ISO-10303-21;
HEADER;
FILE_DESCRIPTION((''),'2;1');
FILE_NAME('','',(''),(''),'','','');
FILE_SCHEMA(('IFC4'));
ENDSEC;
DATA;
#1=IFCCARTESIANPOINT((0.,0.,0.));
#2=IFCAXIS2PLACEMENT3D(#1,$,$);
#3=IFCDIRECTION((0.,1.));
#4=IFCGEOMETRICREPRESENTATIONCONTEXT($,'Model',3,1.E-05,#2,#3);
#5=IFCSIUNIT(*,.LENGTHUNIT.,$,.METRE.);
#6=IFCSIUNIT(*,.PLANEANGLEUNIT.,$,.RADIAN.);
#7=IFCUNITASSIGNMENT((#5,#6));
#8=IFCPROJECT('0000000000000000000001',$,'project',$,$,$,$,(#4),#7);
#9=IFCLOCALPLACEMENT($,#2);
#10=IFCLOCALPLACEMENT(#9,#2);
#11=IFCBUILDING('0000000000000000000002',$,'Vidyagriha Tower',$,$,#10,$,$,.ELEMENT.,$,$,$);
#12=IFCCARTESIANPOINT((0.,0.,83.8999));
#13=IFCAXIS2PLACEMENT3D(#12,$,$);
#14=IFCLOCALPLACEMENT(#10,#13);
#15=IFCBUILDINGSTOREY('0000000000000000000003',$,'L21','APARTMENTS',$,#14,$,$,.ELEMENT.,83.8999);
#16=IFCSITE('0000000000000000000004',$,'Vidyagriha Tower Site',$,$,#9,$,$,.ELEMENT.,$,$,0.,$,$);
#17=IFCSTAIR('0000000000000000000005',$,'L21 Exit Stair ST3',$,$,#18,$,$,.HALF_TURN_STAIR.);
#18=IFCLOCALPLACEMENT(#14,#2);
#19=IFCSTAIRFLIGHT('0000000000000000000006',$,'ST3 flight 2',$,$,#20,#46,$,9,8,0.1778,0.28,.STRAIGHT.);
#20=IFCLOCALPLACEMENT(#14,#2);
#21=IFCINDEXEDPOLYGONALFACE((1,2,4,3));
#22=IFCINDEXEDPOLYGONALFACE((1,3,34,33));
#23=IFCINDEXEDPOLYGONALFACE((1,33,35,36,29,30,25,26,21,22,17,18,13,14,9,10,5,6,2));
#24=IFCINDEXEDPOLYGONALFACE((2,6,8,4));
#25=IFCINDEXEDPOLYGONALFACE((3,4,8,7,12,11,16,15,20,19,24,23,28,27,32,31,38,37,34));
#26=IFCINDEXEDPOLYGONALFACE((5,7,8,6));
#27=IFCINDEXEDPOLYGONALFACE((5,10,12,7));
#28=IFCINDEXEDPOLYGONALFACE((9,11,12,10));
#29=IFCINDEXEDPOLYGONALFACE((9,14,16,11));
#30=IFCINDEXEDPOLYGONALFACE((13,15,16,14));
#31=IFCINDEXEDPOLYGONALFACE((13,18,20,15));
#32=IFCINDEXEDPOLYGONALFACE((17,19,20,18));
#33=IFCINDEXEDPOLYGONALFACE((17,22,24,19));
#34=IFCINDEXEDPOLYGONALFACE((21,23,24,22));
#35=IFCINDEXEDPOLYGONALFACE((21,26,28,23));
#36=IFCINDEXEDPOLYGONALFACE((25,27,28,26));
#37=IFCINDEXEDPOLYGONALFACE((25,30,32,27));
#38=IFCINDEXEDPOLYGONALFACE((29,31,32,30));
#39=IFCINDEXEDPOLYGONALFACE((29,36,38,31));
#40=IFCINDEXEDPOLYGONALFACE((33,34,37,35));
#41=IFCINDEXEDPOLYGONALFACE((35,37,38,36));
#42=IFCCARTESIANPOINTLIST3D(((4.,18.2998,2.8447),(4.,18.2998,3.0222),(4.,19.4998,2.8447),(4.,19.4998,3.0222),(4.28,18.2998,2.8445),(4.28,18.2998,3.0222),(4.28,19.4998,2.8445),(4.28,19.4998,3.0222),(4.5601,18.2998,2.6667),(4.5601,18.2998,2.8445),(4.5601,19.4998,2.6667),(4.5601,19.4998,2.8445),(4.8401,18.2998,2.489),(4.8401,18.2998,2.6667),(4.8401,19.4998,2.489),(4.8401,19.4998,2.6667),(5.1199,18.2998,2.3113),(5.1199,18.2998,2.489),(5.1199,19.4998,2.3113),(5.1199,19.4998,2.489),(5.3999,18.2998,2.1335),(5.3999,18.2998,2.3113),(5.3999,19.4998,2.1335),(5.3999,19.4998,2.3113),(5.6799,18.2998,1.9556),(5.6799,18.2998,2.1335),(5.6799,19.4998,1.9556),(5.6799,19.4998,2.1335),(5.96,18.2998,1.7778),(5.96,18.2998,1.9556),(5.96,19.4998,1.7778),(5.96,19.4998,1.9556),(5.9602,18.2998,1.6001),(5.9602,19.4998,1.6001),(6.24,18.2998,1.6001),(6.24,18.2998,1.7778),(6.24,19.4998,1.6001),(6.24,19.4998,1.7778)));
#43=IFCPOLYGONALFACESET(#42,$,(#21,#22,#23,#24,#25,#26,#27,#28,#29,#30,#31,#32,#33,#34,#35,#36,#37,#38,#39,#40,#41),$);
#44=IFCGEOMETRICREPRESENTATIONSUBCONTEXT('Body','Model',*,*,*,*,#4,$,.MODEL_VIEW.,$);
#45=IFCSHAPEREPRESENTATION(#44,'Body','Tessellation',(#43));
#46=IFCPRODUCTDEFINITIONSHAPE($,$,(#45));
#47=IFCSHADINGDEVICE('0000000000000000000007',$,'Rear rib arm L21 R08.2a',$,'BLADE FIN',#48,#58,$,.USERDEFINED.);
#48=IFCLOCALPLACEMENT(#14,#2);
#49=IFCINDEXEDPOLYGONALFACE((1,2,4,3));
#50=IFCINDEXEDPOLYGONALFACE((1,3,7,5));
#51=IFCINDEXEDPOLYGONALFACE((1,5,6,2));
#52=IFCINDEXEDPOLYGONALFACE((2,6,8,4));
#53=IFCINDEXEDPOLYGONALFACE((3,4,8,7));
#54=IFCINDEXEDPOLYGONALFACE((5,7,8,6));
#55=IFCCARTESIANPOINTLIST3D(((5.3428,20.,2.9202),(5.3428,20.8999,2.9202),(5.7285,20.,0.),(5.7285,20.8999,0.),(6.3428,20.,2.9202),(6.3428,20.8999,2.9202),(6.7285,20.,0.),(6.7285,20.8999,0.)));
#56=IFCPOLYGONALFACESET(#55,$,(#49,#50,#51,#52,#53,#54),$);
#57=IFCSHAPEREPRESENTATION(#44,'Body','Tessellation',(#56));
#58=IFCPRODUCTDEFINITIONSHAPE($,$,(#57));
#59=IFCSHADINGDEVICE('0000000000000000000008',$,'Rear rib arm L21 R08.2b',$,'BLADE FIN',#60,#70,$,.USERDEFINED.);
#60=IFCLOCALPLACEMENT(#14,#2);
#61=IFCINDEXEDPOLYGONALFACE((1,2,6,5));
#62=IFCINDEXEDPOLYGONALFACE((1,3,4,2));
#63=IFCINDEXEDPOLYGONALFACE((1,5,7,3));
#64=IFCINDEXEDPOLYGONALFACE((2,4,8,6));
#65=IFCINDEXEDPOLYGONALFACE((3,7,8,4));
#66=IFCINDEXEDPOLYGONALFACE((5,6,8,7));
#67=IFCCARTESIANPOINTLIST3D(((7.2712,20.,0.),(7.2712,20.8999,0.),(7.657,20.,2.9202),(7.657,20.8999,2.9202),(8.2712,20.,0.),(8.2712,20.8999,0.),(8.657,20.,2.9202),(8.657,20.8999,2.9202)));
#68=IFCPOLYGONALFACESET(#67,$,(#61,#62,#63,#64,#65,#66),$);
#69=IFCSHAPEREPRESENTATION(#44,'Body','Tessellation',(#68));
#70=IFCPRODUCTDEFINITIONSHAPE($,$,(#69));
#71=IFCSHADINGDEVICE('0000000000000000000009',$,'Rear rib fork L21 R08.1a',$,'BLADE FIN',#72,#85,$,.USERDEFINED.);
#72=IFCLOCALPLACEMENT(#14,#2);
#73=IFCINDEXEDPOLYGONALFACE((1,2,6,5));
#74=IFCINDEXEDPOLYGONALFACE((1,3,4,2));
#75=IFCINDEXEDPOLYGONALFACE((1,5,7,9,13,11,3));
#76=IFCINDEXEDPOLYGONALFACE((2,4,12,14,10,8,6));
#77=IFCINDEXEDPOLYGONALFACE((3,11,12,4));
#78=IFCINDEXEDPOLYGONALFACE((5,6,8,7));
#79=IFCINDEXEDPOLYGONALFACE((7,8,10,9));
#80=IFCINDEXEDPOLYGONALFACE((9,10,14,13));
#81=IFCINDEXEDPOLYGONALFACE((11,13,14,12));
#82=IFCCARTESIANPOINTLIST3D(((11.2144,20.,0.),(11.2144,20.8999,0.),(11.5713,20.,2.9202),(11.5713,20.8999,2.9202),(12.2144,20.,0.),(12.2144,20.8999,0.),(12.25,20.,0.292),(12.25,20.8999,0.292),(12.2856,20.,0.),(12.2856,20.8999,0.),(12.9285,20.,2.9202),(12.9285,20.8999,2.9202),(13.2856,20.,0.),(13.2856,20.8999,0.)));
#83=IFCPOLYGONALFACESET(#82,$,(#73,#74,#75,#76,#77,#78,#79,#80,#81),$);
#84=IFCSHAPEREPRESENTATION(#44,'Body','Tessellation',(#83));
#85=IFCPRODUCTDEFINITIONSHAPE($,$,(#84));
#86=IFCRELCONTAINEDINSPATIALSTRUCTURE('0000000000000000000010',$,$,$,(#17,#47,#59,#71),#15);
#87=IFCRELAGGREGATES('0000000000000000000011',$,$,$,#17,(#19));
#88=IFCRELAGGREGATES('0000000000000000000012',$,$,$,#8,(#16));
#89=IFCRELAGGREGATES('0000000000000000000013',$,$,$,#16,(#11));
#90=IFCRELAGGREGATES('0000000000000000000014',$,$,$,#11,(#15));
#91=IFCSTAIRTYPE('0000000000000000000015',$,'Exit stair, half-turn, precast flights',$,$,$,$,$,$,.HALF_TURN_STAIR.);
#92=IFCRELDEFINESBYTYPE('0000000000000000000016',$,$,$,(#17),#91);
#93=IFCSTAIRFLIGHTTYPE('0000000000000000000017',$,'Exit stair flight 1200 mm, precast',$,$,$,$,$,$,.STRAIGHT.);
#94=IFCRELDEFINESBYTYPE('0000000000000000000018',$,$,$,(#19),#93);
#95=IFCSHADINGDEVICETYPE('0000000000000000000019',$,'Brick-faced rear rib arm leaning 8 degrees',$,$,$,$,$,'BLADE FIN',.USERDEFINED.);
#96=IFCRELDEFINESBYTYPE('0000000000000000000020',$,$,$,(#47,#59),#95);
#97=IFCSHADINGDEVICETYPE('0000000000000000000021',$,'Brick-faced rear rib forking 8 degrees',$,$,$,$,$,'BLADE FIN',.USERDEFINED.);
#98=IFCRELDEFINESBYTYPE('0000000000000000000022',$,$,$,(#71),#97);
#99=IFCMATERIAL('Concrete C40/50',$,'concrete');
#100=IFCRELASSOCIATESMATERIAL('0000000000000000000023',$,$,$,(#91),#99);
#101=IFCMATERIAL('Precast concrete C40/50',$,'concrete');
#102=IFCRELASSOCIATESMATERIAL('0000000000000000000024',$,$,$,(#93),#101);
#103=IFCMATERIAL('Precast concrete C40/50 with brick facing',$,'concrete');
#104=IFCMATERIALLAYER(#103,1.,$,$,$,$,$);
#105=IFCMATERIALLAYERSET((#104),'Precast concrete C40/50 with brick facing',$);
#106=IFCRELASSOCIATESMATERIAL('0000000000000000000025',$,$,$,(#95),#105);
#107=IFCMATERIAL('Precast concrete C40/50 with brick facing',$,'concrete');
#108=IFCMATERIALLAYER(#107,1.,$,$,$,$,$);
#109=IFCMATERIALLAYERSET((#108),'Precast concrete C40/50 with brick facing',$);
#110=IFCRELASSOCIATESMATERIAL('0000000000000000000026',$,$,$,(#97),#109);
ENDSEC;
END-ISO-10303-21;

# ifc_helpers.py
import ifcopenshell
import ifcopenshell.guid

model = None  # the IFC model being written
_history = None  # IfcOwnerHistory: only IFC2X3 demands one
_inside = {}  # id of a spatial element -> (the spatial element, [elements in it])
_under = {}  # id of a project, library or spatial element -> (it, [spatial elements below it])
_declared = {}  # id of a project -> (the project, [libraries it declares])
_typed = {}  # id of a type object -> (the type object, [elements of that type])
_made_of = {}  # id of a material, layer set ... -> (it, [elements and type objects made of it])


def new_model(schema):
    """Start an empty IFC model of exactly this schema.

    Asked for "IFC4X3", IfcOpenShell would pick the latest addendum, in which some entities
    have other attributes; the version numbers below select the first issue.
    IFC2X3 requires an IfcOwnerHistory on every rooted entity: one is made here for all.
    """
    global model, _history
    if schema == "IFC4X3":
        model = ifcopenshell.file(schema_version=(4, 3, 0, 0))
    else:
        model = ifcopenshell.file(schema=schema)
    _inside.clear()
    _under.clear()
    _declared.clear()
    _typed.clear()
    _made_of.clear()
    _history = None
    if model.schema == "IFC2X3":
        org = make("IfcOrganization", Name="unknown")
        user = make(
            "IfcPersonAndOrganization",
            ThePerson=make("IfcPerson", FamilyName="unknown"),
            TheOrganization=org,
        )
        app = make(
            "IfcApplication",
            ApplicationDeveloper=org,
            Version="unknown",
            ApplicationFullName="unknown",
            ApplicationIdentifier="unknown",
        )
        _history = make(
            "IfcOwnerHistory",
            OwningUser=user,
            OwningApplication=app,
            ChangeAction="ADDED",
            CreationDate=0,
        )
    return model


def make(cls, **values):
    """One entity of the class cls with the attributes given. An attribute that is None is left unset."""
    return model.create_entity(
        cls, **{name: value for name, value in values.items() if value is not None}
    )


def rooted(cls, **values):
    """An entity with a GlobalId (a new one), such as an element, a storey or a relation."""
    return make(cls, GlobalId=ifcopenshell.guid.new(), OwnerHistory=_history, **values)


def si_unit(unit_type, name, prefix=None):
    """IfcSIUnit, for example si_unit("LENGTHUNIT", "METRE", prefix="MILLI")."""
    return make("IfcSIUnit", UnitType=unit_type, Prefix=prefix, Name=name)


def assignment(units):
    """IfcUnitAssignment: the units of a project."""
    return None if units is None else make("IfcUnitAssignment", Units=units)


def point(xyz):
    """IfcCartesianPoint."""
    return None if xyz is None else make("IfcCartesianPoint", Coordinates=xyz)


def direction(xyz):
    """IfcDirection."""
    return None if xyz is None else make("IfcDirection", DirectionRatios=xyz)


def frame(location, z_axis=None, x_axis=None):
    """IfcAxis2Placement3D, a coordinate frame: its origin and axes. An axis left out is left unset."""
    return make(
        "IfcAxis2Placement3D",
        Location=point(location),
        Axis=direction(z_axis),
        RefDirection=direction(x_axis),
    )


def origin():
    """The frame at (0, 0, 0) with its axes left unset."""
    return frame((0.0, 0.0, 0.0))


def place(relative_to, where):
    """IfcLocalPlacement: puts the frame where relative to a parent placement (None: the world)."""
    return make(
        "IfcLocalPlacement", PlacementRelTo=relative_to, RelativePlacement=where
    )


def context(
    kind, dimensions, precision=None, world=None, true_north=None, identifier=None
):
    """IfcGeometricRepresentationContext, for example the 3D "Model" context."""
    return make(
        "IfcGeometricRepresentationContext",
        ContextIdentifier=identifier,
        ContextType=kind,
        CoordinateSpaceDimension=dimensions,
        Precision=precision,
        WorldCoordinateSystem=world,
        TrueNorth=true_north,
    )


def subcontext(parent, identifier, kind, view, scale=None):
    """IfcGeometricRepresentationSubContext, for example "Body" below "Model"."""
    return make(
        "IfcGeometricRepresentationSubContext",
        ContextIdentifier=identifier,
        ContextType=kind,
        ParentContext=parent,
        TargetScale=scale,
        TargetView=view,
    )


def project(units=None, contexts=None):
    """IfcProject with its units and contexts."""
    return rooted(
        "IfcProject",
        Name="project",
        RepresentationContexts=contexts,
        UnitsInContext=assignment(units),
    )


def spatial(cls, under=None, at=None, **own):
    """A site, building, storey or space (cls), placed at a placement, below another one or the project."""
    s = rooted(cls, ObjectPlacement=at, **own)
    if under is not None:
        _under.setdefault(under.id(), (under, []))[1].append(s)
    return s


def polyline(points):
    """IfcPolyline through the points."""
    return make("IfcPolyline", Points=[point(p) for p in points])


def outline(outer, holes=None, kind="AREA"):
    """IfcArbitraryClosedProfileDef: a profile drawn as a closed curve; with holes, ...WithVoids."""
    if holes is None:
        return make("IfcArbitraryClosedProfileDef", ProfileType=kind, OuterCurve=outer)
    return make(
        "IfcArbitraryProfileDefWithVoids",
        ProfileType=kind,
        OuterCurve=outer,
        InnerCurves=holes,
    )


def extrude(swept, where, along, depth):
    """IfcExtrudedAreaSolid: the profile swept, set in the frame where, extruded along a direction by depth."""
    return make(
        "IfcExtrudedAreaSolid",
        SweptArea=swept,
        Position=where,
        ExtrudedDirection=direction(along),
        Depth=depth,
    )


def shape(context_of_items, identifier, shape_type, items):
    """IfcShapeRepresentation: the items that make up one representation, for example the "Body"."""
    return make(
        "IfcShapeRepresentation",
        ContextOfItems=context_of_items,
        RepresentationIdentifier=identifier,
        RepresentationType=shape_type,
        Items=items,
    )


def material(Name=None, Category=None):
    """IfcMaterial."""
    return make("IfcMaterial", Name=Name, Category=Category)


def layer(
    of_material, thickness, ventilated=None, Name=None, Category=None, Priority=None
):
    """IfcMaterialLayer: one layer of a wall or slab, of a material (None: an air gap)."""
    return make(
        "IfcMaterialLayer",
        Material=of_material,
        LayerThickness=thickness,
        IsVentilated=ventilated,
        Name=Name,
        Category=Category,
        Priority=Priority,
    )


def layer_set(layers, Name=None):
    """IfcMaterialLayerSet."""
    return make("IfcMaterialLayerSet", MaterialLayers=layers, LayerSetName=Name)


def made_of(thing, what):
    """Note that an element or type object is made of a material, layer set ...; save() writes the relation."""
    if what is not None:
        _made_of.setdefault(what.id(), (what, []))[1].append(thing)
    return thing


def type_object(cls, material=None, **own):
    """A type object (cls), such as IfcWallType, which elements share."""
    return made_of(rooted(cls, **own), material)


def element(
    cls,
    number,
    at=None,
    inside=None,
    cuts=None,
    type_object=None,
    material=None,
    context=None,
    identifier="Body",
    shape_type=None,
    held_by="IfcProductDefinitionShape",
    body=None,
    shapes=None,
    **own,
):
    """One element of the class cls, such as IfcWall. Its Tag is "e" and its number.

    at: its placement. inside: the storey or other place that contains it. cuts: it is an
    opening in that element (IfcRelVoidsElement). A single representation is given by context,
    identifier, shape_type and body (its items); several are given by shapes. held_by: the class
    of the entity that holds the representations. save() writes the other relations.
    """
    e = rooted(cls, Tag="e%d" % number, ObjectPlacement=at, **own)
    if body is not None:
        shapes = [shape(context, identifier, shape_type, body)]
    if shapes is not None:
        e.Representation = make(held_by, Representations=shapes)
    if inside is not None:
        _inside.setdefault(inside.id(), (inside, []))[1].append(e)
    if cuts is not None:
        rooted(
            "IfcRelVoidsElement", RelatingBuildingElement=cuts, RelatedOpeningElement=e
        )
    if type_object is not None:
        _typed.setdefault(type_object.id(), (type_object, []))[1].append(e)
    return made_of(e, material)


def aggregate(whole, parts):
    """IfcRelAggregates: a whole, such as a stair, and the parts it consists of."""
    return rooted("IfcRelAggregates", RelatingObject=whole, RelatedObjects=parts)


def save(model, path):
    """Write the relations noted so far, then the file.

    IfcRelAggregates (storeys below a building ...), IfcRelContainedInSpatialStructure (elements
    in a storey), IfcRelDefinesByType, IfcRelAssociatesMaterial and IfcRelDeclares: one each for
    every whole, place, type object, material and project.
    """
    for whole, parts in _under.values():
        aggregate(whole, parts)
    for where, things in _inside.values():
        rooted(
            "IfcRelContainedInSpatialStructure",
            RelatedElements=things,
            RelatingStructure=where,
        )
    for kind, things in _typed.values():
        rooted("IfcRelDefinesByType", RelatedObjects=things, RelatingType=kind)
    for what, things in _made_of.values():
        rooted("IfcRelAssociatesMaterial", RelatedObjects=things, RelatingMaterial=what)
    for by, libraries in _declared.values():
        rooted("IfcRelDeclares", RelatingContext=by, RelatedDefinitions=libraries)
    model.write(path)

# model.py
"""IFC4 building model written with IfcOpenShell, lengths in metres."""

from ifc_helpers import new_model, si_unit, direction, frame, origin, place, context, subcontext, project, spatial, polyline, outline, extrude, material, layer, layer_set, type_object, element, aggregate, save


model = new_model("IFC4")

# Units and contexts
model_context = context("Model", 3, precision=1e-05, world=origin(), true_north=direction((0.0, 1.0)))
body_context = subcontext(model_context, "Body", "Model", "MODEL_VIEW")
ifc_project = project(units=[si_unit("LENGTHUNIT", "METRE"), si_unit("PLANEANGLEUNIT", "RADIAN")], contexts=[model_context])

# Site, building, storey
site_placement = place(None, origin())
site = spatial("IfcSite", under=ifc_project, at=site_placement, Name="Vidyagriha Tower Site", CompositionType="ELEMENT", RefElevation=0.0)
building_placement = place(site_placement, origin())
building = spatial("IfcBuilding", under=site, at=building_placement, Name="Vidyagriha Tower", CompositionType="ELEMENT")
storey_placement = place(building_placement, frame((0.0, 0.0, 83.8999)))
storey = spatial("IfcBuildingStorey", under=building, at=storey_placement, Name="L21", Description="APARTMENTS", CompositionType="ELEMENT", Elevation=83.8999)

# Stair, stair flight
ifc_material_1 = material(Name="Concrete C40/50", Category="concrete")
stair_type = type_object("IfcStairType", Name="Exit stair, half-turn, precast flights", PredefinedType="HALF_TURN_STAIR", material=ifc_material_1)
stair_placement = place(storey_placement, origin())
stair = element("IfcStair", 1, at=stair_placement, inside=storey, type_object=stair_type, Name="L21 Exit Stair ST3", PredefinedType="HALF_TURN_STAIR")
ifc_material_2 = material(Name="Precast concrete C40/50", Category="concrete")
stair_flight_type = type_object("IfcStairFlightType", Name="Exit stair flight 1200 mm, precast", PredefinedType="STRAIGHT", material=ifc_material_2)
stair_flight_1_placement = place(storey_placement, frame((6.24, 18.8999, 1.6001), z_axis=(0.0, 0.0, 1.0), x_axis=(-1.0, 0.0, 0.0)))
stair_flight_1 = element("IfcStairFlight", 2, at=stair_flight_1_placement, type_object=stair_flight_type, Name="ST3 flight 2", NumberOfRisers=9, NumberOfTreads=8, PredefinedType="STRAIGHT", RiserHeight=0.1778, TreadLength=0.28, context=body_context, shape_type="SweptSolid", body=[
    extrude(outline(polyline([(0.0, 0.0), (0.0, 0.1777), (0.28, 0.1777), (0.28, 0.3555), (0.5601, 0.3555), (0.5601, 0.5334), (0.8401, 0.5334), (0.8401, 0.7112), (1.1201, 0.7112), (1.1201, 0.8889), (1.3999, 0.8889), (1.3999, 1.0667), (1.6799, 1.0667), (1.6799, 1.2444), (1.96, 1.2444), (1.96, 1.4221), (2.24, 1.4221), (2.24, 1.6001), (2.24, 1.2446), (0.2798, 0.0), (0.0, 0.0)])), frame((0.0, 0.6001, 0.0), z_axis=(0.0, -1.0, 0.0), x_axis=(1.0, 0.0, 0.0)), (0.0, 0.0, 1.0), 1.2),
])
aggregate(stair, [stair_flight_1])

# Shading devices
ifc_material_3 = material(Name="Precast concrete C40/50 with brick facing", Category="concrete")
ifc_layer_1 = layer(ifc_material_3, 1.0)
ifc_layer_set_1 = layer_set([ifc_layer_1], Name="Precast concrete C40/50 with brick facing")
shading_device_type_1 = type_object("IfcShadingDeviceType", Name="Brick-faced rear rib arm leaning 8 degrees", ElementType="BLADE FIN", PredefinedType="USERDEFINED", material=ifc_layer_set_1)
shading_device_1_placement = place(storey_placement, frame((6.7285, 20.45, 0.0), z_axis=(0.0, 0.0, 1.0), x_axis=(-1.0, 0.0, 0.0)))
element("IfcShadingDevice", 3, at=shading_device_1_placement, inside=storey, type_object=shading_device_type_1, Name="Rear rib arm L21 R08.2a", ObjectType="BLADE FIN", PredefinedType="USERDEFINED", context=body_context, shape_type="SweptSolid", body=[
    extrude(outline(polyline([(0.0, 0.0), (1.0, 0.0), (1.3857, 2.9202), (0.3857, 2.9202), (0.0, 0.0)])), frame((0.0, 0.45, 0.0), z_axis=(0.0, -1.0, 0.0), x_axis=(1.0, 0.0, 0.0)), (0.0, 0.0, 1.0), 0.8999),
])
shading_device_2_placement = place(storey_placement, frame((8.657, 20.45, 0.0), z_axis=(0.0, 0.0, 1.0), x_axis=(-1.0, 0.0, 0.0)))
element("IfcShadingDevice", 4, at=shading_device_2_placement, inside=storey, type_object=shading_device_type_1, Name="Rear rib arm L21 R08.2b", ObjectType="BLADE FIN", PredefinedType="USERDEFINED", context=body_context, shape_type="SweptSolid", body=[
    extrude(outline(polyline([(0.3857, 0.0), (1.3857, 0.0), (1.0, 2.9202), (0.0, 2.9202), (0.3857, 0.0)])), frame((0.0, 0.45, 0.0), z_axis=(0.0, -1.0, 0.0), x_axis=(1.0, 0.0, 0.0)), (0.0, 0.0, 1.0), 0.8999),
])
ifc_material_4 = material(Name="Precast concrete C40/50 with brick facing", Category="concrete")
ifc_layer_2 = layer(ifc_material_4, 1.0)
ifc_layer_set_2 = layer_set([ifc_layer_2], Name="Precast concrete C40/50 with brick facing")
shading_device_type_2 = type_object("IfcShadingDeviceType", Name="Brick-faced rear rib forking 8 degrees", ElementType="BLADE FIN", PredefinedType="USERDEFINED", material=ifc_layer_set_2)
shading_device_3_placement = place(storey_placement, frame((13.2856, 20.45, 0.0), z_axis=(0.0, 0.0, 1.0), x_axis=(-1.0, 0.0, 0.0)))
element("IfcShadingDevice", 5, at=shading_device_3_placement, inside=storey, type_object=shading_device_type_2, Name="Rear rib fork L21 R08.1a", ObjectType="BLADE FIN", PredefinedType="USERDEFINED", context=body_context, shape_type="SweptSolid", body=[
    extrude(outline(polyline([(1.0, 0.0), (1.0356, 0.292), (1.0713, 0.0), (2.0713, 0.0), (1.7144, 2.9202), (0.3572, 2.9202), (0.0, 0.0), (1.0, 0.0)])), frame((0.0, 0.45, 0.0), z_axis=(0.0, -1.0, 0.0), x_axis=(1.0, 0.0, 0.0)), (0.0, 0.0, 1.0), 0.8999),
])

save(model, "model.ifc")
